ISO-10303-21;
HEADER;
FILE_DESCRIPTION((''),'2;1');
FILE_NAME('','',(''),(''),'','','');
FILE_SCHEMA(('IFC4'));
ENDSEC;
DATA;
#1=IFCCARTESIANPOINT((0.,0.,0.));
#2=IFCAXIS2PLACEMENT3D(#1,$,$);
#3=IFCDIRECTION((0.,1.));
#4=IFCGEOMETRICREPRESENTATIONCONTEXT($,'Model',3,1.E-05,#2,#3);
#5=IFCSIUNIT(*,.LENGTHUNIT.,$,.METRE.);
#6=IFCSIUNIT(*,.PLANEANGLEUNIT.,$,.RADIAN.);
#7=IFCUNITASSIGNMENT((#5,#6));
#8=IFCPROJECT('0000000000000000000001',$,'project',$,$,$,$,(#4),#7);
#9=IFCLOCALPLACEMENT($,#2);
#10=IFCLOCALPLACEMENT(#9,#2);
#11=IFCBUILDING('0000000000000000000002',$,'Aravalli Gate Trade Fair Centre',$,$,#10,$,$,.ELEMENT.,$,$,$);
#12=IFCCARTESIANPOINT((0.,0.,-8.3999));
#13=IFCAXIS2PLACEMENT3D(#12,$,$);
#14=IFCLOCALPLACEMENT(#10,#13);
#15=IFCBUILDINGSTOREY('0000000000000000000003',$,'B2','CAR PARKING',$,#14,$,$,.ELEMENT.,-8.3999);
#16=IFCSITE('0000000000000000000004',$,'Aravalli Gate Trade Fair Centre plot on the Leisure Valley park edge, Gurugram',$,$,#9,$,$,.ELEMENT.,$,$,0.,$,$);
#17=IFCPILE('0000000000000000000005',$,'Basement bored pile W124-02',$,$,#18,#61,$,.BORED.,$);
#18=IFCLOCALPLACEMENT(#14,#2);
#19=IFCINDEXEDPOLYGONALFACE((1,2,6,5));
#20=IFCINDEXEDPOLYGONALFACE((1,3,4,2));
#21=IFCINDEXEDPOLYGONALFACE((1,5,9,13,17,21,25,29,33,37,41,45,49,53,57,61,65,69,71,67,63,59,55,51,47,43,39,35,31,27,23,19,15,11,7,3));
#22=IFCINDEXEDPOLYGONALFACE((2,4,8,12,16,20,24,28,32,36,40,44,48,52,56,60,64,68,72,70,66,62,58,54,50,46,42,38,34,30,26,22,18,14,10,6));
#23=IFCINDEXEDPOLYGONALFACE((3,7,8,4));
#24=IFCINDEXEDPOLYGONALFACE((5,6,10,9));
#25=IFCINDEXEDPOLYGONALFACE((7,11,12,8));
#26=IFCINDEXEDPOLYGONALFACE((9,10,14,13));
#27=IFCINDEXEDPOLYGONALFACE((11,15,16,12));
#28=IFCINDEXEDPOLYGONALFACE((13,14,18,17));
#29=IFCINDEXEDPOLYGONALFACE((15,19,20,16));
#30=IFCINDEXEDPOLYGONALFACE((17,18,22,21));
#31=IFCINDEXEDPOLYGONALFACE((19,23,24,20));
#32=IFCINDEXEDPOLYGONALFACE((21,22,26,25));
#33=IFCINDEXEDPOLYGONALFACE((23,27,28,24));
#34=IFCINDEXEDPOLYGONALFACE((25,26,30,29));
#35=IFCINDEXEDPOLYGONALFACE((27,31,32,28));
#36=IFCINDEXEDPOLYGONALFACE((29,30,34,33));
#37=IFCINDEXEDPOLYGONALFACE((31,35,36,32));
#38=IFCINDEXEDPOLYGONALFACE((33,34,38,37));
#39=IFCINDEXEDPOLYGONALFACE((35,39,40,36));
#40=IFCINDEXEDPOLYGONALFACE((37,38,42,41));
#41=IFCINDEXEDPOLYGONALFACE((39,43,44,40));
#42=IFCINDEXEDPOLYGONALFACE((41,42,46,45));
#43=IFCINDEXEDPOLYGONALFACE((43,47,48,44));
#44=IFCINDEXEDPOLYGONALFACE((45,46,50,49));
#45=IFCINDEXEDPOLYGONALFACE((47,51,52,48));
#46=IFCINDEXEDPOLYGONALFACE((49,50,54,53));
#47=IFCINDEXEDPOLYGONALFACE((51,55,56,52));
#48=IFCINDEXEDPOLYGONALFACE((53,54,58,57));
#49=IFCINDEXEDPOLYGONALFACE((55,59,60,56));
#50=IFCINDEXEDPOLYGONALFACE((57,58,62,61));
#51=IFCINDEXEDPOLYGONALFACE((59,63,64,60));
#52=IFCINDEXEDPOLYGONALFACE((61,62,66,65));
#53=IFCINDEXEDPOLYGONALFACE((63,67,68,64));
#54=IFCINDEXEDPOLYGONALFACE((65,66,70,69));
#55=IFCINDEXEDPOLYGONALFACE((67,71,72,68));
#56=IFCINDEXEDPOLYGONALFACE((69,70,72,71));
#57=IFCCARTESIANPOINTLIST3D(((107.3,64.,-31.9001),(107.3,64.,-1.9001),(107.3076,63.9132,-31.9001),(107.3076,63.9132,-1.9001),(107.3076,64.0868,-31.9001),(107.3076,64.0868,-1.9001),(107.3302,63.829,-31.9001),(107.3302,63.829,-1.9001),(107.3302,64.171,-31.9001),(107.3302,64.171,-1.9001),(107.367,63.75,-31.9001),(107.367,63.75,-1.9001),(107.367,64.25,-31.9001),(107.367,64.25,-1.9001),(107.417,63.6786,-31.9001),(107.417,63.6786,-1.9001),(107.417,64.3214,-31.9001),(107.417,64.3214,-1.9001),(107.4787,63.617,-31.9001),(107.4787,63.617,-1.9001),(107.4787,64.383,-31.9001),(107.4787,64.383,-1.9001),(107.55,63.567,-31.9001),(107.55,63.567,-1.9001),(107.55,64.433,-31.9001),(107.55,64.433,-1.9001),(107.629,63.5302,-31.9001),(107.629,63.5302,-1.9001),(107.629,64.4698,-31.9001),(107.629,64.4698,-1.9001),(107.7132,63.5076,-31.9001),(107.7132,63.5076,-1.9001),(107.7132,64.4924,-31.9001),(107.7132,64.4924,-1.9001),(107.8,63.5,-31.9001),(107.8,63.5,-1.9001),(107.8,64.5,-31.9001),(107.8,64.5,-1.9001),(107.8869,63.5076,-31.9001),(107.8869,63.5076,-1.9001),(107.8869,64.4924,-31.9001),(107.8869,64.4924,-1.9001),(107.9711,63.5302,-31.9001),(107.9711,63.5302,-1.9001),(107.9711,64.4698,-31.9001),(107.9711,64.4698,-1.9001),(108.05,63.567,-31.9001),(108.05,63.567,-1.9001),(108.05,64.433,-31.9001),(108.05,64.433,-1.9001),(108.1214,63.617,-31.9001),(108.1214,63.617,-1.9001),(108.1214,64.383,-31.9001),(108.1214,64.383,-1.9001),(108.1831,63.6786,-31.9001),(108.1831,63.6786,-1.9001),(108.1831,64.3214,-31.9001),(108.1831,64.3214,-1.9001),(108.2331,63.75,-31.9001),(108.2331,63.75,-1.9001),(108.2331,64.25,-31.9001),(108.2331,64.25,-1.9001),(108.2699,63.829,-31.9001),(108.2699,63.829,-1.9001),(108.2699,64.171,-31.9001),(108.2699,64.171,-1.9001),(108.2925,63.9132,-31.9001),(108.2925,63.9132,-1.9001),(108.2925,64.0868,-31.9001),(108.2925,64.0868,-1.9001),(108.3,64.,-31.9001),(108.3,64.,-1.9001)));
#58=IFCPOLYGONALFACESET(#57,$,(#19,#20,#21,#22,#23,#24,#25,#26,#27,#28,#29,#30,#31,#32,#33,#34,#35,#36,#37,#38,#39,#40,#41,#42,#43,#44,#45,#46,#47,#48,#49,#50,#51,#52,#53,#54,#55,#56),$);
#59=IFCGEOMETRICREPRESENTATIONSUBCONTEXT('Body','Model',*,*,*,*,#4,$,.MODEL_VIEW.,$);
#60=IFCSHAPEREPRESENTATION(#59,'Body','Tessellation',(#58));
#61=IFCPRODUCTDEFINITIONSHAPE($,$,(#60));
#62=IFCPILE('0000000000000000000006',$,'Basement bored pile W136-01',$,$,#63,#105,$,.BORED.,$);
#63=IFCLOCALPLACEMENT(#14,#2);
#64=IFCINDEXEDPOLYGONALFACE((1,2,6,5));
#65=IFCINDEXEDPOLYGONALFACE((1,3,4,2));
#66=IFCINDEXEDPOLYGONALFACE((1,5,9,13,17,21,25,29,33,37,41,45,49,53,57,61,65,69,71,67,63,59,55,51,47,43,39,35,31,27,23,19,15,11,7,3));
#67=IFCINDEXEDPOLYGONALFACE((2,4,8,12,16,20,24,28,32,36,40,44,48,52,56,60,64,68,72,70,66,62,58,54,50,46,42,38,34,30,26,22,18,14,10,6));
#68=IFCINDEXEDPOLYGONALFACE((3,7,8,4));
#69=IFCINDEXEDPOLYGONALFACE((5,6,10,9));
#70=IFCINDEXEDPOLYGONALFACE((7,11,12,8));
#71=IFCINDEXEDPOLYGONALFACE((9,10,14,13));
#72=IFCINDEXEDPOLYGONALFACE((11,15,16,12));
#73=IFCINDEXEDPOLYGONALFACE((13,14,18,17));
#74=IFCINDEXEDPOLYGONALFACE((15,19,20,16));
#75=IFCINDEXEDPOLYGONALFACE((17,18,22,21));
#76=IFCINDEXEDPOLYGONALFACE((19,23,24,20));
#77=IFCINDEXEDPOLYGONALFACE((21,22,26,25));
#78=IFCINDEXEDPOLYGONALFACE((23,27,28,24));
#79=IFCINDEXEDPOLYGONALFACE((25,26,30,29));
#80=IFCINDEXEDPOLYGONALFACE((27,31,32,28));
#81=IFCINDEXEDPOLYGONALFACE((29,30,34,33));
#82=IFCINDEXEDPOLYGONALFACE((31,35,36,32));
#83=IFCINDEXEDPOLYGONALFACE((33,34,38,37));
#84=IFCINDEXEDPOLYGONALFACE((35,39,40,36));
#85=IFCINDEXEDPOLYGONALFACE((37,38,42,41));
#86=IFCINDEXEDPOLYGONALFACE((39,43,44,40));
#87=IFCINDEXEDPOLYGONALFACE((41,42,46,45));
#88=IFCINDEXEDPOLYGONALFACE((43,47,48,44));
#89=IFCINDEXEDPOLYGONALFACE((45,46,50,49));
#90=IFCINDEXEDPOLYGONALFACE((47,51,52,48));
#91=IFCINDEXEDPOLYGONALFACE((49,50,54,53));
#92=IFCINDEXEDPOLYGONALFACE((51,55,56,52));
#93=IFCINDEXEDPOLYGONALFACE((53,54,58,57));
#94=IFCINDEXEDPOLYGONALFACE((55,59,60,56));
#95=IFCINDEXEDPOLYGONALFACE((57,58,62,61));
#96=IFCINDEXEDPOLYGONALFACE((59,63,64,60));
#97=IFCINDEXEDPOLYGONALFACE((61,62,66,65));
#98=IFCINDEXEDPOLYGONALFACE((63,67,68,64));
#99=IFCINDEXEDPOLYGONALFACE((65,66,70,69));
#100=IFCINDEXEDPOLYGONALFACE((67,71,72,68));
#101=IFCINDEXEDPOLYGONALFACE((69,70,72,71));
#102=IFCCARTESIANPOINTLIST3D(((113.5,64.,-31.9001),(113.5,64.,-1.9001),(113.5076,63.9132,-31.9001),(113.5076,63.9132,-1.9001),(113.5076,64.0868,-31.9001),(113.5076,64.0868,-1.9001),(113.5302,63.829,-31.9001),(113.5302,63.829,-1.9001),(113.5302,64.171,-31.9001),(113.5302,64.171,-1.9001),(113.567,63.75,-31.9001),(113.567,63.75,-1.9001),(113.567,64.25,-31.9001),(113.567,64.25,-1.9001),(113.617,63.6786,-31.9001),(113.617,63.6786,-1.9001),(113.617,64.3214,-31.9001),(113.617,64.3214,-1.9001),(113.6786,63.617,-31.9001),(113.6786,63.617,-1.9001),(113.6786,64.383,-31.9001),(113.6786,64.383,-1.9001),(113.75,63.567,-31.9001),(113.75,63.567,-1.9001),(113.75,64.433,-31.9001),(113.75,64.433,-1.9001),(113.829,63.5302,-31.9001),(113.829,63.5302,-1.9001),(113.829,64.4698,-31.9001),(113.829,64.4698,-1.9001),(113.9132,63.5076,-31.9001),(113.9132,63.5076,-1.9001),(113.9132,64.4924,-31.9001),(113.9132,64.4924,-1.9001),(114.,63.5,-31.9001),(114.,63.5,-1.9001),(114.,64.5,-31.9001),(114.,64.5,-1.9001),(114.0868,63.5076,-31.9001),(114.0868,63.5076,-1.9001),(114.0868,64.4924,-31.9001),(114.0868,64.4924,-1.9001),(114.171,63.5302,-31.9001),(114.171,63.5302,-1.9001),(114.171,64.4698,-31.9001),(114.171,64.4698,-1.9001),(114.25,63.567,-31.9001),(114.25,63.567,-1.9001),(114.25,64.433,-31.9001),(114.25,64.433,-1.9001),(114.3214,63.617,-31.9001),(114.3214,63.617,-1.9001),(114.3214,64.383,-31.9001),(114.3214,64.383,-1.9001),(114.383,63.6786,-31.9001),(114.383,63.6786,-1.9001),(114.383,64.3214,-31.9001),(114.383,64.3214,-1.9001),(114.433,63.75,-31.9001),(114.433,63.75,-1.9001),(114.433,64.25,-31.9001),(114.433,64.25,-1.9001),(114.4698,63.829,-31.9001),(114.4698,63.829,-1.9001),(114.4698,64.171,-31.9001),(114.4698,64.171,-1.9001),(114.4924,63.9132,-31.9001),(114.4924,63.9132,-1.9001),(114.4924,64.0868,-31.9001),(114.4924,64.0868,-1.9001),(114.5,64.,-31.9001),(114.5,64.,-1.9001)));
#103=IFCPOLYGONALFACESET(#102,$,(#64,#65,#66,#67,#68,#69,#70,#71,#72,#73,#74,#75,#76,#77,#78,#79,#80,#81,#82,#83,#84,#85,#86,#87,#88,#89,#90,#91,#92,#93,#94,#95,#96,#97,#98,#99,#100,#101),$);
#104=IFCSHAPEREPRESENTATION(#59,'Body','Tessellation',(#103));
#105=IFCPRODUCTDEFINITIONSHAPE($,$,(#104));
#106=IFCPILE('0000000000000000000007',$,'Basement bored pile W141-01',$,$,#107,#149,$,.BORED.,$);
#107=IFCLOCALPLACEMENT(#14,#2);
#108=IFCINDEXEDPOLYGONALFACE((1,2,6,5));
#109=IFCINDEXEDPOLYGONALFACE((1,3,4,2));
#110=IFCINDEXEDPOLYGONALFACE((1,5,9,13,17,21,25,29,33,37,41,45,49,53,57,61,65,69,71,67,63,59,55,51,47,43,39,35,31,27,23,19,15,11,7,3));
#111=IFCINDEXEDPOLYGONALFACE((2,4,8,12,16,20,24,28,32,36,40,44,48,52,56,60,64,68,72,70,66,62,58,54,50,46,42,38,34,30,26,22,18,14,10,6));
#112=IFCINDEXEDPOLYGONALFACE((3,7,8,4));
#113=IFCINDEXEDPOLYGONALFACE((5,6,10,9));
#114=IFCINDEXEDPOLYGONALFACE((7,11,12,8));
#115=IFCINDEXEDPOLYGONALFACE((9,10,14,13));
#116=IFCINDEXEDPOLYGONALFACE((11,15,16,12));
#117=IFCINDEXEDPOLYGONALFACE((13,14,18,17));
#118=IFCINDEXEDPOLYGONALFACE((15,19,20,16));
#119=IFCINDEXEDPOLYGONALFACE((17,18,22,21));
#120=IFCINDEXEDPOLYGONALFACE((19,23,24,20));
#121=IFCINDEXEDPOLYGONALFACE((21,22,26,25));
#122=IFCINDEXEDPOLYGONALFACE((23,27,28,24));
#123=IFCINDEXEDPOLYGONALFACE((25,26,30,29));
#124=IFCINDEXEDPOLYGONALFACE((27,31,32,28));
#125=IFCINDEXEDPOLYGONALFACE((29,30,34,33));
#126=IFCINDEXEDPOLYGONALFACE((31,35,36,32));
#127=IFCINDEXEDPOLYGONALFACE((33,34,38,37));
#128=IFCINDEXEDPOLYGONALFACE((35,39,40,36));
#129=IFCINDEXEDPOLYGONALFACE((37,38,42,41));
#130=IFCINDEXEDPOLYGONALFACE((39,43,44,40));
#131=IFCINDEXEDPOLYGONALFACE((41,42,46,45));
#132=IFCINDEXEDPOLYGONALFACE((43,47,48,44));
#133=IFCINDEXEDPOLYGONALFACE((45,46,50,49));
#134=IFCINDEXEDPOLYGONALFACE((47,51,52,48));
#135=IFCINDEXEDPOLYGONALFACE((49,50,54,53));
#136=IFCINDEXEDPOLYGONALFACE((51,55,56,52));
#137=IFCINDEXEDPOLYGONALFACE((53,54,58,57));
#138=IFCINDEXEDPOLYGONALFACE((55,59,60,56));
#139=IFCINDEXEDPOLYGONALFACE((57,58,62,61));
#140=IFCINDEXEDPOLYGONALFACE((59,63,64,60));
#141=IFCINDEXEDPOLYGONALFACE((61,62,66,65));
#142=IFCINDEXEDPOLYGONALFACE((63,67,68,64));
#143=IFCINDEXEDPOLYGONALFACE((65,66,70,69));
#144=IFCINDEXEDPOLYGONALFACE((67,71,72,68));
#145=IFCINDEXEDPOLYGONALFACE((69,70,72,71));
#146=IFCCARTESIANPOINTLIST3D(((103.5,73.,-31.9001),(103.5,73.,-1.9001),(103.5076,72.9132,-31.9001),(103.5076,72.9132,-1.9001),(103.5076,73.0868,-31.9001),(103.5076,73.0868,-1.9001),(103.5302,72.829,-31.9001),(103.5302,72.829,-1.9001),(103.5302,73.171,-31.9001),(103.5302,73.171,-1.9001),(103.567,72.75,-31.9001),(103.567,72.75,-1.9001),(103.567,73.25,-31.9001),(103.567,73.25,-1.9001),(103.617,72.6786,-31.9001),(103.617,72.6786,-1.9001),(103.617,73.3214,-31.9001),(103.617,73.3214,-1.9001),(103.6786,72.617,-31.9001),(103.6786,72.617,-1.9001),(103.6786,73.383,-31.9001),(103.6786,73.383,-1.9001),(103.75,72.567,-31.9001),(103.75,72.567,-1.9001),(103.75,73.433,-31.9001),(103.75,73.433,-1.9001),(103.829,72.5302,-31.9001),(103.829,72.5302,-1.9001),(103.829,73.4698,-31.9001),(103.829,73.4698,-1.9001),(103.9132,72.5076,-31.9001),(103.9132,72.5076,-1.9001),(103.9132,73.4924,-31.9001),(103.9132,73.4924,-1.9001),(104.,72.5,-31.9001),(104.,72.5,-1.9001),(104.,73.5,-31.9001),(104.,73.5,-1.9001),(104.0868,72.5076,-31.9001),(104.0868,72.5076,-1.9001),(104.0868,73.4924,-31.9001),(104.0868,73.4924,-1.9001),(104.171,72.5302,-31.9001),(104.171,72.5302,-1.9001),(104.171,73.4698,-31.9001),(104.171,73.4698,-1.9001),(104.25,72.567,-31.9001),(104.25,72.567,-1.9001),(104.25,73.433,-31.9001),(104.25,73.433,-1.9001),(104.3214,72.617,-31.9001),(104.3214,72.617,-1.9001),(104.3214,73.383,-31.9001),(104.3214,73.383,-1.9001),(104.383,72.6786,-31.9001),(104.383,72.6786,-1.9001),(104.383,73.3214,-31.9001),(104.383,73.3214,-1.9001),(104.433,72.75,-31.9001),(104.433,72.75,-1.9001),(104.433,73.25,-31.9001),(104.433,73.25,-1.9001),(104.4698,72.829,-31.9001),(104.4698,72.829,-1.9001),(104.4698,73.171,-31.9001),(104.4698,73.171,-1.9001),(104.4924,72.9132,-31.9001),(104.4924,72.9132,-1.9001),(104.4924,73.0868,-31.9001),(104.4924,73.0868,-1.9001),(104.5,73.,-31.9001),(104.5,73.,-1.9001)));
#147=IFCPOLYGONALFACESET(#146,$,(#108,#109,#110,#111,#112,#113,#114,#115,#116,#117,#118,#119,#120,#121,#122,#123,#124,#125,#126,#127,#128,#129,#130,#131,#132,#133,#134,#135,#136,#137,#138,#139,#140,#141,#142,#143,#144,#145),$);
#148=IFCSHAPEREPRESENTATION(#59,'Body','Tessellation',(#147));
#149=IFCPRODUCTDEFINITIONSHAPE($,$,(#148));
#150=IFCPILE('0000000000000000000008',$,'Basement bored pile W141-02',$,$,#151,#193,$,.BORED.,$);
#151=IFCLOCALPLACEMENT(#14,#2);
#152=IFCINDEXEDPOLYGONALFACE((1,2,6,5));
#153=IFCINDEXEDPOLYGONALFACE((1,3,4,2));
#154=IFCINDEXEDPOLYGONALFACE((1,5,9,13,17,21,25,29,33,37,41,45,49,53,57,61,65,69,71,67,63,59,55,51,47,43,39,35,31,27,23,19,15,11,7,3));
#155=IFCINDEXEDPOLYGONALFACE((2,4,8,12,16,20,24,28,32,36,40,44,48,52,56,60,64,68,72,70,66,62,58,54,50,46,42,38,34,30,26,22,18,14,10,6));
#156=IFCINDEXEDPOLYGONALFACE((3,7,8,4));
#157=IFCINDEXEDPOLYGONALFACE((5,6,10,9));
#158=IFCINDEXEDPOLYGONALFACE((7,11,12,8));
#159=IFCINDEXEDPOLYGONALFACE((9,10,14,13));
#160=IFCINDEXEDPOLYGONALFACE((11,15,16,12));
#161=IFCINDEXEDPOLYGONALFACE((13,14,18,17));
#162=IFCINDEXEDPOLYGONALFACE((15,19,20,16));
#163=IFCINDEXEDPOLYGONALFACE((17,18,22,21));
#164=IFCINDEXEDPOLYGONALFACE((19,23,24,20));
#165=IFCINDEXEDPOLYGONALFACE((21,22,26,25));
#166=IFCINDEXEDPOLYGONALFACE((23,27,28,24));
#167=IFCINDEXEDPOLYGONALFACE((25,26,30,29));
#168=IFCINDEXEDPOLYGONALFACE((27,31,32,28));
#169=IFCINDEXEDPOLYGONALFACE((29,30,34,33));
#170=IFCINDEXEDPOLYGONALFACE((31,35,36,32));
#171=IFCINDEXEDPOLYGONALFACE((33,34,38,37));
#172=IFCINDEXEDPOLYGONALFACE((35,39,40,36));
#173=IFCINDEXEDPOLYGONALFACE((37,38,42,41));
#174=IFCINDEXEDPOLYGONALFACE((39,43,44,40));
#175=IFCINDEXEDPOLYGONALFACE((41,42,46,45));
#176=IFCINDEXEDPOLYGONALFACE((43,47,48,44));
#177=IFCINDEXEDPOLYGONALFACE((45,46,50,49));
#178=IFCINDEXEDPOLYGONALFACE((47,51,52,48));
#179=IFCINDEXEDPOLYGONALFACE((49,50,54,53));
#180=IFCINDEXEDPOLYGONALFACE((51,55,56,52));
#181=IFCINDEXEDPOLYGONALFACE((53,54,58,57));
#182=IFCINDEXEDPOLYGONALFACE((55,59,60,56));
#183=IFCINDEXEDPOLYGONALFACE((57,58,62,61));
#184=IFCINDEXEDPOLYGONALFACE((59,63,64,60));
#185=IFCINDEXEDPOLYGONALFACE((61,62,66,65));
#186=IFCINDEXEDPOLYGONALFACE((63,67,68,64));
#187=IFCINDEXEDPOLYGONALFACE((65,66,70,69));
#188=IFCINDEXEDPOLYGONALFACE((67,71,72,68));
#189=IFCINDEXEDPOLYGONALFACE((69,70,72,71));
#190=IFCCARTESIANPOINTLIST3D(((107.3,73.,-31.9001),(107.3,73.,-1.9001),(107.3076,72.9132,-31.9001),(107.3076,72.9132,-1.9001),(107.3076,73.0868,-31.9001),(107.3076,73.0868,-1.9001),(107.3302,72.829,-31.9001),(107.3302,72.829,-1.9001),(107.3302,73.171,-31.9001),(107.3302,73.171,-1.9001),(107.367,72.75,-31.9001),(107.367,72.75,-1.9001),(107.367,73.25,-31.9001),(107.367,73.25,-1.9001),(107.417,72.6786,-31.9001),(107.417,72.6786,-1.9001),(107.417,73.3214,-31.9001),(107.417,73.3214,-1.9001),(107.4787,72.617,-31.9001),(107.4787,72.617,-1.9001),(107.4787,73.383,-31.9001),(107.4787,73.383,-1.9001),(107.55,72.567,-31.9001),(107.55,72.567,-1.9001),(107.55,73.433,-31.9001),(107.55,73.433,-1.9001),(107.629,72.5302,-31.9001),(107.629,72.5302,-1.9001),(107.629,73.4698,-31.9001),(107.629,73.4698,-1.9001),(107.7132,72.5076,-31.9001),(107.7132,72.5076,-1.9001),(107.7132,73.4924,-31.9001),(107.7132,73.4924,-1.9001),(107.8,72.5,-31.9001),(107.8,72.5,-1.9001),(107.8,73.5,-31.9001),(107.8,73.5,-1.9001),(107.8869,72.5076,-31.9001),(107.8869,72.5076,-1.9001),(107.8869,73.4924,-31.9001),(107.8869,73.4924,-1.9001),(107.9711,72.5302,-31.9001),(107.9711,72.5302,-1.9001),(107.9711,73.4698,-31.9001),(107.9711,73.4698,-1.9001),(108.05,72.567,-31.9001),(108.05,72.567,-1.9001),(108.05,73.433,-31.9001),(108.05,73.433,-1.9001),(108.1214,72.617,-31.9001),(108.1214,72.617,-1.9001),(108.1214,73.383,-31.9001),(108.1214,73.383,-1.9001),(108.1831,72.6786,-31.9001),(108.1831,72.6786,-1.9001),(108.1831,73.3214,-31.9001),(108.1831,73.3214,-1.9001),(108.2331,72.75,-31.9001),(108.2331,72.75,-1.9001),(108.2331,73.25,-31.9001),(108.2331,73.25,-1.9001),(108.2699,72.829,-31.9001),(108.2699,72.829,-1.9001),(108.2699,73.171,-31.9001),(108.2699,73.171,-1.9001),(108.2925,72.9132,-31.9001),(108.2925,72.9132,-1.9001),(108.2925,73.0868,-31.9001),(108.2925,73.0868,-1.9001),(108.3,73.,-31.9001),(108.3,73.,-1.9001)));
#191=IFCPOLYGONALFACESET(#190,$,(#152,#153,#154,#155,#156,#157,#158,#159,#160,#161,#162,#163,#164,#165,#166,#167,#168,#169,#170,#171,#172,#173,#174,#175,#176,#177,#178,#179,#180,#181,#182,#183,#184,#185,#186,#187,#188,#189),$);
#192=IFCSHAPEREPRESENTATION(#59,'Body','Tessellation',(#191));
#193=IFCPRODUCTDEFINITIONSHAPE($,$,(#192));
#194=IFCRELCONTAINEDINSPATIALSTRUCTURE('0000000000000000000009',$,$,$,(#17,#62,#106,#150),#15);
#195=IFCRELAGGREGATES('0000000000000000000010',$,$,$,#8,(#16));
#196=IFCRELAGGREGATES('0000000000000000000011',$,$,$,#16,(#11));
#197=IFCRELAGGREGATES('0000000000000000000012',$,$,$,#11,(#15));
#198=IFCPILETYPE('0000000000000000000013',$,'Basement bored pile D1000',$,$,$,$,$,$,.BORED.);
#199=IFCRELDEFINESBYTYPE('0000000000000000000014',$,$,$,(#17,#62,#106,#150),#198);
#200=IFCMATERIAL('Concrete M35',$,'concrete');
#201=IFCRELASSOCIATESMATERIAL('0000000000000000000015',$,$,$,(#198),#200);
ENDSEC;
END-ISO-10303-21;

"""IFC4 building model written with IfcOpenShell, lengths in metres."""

from ifc_helpers import new_model, si_unit, direction, frame, origin, origin_2d, place, context, subcontext, project, spatial, circle, extrude, material, material_profile, profile_set, type_object, element, save


model = new_model("IFC4")

# Units and contexts
model_context = context("Model", 3, precision=1e-05, world=origin(), true_north=direction((0.0, 1.0)))
body_context = subcontext(model_context, "Body", "Model", "MODEL_VIEW")
ifc_project = project(units=[si_unit("LENGTHUNIT", "METRE"), si_unit("PLANEANGLEUNIT", "RADIAN")], contexts=[model_context])

# Site, building, storey
site_placement = place(None, origin())
site = spatial("IfcSite", under=ifc_project, at=site_placement, Name="Aravalli Gate Trade Fair Centre plot on the Leisure Valley park edge, Gurugram", CompositionType="ELEMENT", RefElevation=0.0)
building_placement = place(site_placement, origin())
building = spatial("IfcBuilding", under=site, at=building_placement, Name="Aravalli Gate Trade Fair Centre", CompositionType="ELEMENT")
storey_placement = place(building_placement, frame((0.0, 0.0, -8.3999)))
storey = spatial("IfcBuildingStorey", under=building, at=storey_placement, Name="B2", Description="CAR PARKING", CompositionType="ELEMENT", Elevation=-8.3999)

# Piles
ifc_material_1 = material(Name="Concrete M35", Category="concrete")
ifc_material_profile_1 = material_profile(ifc_material_1, circle(Radius=0.5, at=origin_2d()), Name="D1000")
ifc_profile_set_1 = profile_set([ifc_material_profile_1], Name="Concrete M35")
pile_type = type_object("IfcPileType", Name="Basement bored pile D1000", PredefinedType="BORED", material=ifc_profile_set_1)
for number, where, z_axis, x_axis, name in (
    (1, (107.8, 64.0, -1.9001), (0.0, 0.0, -1.0), (1.0, 0.0, 0.0), "Basement bored pile W124-02"),
    (2, (114.0, 64.0, -1.9001), (0.0, 0.0, -1.0), (1.0, 0.0, 0.0), "Basement bored pile W136-01"),
    (3, (104.0, 73.0, -1.9001), (0.0, 0.0, -1.0), (1.0, 0.0, 0.0), "Basement bored pile W141-01"),
    (4, (107.8, 73.0, -1.9001), (0.0, 0.0, -1.0), (1.0, 0.0, 0.0), "Basement bored pile W141-02"),
):
    element("IfcPile", number, at=place(storey_placement, frame(where, z_axis=z_axis, x_axis=x_axis)), inside=storey, type_object=pile_type, Name=name, PredefinedType="BORED", context=body_context, shape_type="SweptSolid", body=[
        extrude(circle(Radius=0.5, at=origin_2d()), origin(), (0.0, 0.0, 1.0), 30.0),
    ])

save(model, "model.ifc")
